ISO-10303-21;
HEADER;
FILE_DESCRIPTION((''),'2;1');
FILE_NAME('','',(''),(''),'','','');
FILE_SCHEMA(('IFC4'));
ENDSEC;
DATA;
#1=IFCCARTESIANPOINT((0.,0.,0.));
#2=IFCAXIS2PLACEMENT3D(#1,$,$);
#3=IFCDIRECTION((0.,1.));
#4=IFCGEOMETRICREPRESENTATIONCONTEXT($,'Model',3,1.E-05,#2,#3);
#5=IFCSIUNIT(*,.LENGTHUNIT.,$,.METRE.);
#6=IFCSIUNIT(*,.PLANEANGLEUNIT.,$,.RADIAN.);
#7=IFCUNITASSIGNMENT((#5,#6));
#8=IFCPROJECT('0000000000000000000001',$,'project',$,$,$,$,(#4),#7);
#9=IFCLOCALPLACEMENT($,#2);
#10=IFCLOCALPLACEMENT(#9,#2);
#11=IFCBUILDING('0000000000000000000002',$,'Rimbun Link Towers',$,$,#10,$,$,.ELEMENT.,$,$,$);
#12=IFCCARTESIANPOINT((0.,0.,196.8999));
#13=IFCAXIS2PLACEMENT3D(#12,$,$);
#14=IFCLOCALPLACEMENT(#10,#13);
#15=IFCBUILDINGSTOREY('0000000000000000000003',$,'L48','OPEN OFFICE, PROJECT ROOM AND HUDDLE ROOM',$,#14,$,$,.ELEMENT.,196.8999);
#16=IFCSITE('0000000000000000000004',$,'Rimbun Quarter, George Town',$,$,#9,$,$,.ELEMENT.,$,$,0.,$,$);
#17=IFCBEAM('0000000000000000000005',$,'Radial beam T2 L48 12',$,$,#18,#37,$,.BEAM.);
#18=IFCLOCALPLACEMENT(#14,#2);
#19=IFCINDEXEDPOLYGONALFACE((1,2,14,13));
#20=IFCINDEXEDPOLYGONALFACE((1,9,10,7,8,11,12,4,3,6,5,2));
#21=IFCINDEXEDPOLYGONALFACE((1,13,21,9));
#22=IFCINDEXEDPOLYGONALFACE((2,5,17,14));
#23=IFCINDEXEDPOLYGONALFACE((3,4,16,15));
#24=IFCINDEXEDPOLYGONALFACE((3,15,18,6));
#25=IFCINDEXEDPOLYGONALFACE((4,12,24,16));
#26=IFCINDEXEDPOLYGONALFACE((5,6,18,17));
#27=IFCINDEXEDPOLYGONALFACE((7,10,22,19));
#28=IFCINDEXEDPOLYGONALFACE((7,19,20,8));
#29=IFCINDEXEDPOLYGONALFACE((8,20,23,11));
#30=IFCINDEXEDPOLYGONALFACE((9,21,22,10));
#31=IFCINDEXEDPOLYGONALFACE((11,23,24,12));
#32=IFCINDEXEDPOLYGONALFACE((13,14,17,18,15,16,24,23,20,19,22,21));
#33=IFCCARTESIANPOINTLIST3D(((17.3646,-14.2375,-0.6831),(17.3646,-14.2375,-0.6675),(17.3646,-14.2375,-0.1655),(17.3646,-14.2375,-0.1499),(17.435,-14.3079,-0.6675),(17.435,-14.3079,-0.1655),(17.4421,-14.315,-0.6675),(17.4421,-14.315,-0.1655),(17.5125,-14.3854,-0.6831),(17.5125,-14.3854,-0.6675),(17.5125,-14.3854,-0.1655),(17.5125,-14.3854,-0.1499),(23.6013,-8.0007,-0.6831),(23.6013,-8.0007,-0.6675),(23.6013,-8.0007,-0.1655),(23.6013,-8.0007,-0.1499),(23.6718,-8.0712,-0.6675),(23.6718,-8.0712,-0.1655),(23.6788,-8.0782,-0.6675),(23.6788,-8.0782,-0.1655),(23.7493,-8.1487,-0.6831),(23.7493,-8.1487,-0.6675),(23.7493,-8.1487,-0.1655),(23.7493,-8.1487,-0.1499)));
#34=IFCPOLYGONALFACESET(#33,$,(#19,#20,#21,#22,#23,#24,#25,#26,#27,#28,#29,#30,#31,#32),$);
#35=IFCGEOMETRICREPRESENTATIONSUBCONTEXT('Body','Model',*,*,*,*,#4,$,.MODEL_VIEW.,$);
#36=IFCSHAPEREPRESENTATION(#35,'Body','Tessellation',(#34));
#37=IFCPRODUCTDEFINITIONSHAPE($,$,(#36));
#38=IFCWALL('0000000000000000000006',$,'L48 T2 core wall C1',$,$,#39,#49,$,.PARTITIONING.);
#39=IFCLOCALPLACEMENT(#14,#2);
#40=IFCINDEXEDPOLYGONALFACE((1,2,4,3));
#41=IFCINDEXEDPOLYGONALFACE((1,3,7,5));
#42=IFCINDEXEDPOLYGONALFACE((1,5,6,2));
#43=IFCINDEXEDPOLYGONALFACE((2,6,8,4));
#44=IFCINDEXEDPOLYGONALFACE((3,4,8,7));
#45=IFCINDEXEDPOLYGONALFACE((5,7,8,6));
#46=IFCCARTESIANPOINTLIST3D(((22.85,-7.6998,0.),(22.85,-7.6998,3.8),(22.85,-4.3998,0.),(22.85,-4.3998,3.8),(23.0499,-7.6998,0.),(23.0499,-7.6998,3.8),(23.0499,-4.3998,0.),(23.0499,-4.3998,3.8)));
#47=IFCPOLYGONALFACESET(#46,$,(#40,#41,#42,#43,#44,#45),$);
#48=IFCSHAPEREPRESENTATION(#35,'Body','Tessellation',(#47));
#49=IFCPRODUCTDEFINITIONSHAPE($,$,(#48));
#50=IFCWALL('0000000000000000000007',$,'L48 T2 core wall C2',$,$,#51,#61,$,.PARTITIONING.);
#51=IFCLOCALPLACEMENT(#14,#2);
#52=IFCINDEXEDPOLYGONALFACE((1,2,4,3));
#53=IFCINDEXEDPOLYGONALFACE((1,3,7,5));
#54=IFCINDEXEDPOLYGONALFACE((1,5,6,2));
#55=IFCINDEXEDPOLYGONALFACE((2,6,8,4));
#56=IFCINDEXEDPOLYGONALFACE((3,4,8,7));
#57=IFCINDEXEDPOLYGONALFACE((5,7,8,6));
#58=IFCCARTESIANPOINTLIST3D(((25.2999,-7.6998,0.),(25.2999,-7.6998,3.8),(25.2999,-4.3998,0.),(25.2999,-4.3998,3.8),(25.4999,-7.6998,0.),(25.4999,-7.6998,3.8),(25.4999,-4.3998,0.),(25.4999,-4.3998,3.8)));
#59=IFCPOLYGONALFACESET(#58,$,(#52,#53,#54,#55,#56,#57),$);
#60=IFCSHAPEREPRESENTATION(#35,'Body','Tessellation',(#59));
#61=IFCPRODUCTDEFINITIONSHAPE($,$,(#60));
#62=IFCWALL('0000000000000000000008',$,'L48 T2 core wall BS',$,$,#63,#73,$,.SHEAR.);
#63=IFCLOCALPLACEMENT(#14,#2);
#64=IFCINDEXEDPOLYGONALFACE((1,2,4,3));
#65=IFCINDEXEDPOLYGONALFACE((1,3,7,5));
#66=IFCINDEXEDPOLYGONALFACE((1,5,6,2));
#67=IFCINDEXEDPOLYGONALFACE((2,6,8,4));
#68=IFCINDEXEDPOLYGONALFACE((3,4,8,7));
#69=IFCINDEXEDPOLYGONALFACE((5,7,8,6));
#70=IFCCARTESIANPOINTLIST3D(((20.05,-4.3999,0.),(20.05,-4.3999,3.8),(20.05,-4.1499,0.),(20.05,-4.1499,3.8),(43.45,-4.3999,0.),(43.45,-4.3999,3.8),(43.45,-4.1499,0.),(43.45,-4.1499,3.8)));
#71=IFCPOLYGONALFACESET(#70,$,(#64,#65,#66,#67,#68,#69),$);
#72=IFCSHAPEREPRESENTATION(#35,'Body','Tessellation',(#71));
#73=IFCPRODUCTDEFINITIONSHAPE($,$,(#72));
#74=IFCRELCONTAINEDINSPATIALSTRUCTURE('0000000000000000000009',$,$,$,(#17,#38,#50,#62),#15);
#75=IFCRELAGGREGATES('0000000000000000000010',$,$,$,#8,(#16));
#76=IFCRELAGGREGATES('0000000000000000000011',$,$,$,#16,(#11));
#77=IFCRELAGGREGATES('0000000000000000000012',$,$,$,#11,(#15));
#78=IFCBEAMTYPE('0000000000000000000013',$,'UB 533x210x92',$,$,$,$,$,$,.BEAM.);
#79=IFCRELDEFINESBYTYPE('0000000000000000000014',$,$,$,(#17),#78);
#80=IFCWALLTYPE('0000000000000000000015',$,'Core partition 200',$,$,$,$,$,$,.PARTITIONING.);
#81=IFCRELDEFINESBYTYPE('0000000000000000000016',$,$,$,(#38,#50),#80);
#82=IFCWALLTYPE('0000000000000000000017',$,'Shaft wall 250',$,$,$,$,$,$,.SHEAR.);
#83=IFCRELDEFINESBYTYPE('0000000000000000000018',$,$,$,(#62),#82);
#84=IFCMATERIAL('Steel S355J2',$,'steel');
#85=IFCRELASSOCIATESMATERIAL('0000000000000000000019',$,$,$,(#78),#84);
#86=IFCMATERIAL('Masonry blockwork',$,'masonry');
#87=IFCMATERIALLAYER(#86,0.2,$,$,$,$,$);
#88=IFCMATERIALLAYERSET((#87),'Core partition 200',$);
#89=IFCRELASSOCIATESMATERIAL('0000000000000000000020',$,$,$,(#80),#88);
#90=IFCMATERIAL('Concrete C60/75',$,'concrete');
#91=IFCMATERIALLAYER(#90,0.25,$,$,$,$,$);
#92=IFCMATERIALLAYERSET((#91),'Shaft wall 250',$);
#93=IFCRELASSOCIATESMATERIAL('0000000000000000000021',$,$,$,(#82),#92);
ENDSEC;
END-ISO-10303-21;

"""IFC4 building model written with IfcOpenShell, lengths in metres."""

from ifc_helpers import new_model, si_unit, direction, frame, frame_2d, origin, origin_2d, place, context, subcontext, project, spatial, rectangle, i_section, extrude, material, layer, layer_set, material_profile, profile_set, type_object, element, save


model = new_model("IFC4")

# Units and contexts
model_context = context("Model", 3, precision=1e-05, world=origin(), true_north=direction((0.0, 1.0)))
body_context = subcontext(model_context, "Body", "Model", "MODEL_VIEW")
ifc_project = project(units=[si_unit("LENGTHUNIT", "METRE"), si_unit("PLANEANGLEUNIT", "RADIAN")], contexts=[model_context])

# Site, building, storey
site_placement = place(None, origin())
site = spatial("IfcSite", under=ifc_project, at=site_placement, Name="Rimbun Quarter, George Town", CompositionType="ELEMENT", RefElevation=0.0)
building_placement = place(site_placement, origin())
building = spatial("IfcBuilding", under=site, at=building_placement, Name="Rimbun Link Towers", CompositionType="ELEMENT")
storey_placement = place(building_placement, frame((0.0, 0.0, 196.8999)))
storey = spatial("IfcBuildingStorey", under=building, at=storey_placement, Name="L48", Description="OPEN OFFICE, PROJECT ROOM AND HUDDLE ROOM", CompositionType="ELEMENT", Elevation=196.8999)

# Beam
ifc_material_1 = material(Name="Steel S355J2", Category="steel")
ifc_material_profile = material_profile(ifc_material_1, i_section(OverallWidth=0.2092, OverallDepth=0.5332, WebThickness=0.01, FlangeThickness=0.0156, at=origin_2d()), Name="UB 533x210x92")
ifc_profile_set = profile_set([ifc_material_profile], Name="Steel S355J2")
beam_type = type_object("IfcBeamType", Name="UB 533x210x92", PredefinedType="BEAM", material=ifc_profile_set)
beam_placement = place(storey_placement, frame((23.6753, -8.0747, -0.4165), z_axis=(-0.707107, -0.707107, 0.0), x_axis=(0.707107, -0.707107, 0.0)))
element("IfcBeam", 1, at=beam_placement, inside=storey, type_object=beam_type, Name="Radial beam T2 L48 12", PredefinedType="BEAM", context=body_context, shape_type="SweptSolid", body=[
    extrude(i_section(OverallWidth=0.2092, OverallDepth=0.5332, WebThickness=0.01, FlangeThickness=0.0156, at=origin_2d()), origin(), (0.0, 0.0, 1.0), 8.8201),
])

# Walls
ifc_material_2 = material(Name="Masonry blockwork", Category="masonry")
ifc_layer_1 = layer(ifc_material_2, 0.2)
ifc_layer_set_1 = layer_set([ifc_layer_1], Name="Core partition 200")
wall_type_1 = type_object("IfcWallType", Name="Core partition 200", PredefinedType="PARTITIONING", material=ifc_layer_set_1)
for number, where, z_axis, x_axis, name in (
    (2, (22.95, -4.3999, 0.0), (0.0, 0.0, 1.0), (0.0, -1.0, 0.0), "L48 T2 core wall C1"),
    (3, (25.3999, -4.3999, 0.0), (0.0, 0.0, 1.0), (0.0, -1.0, 0.0), "L48 T2 core wall C2"),
):
    element("IfcWall", number, at=place(storey_placement, frame(where, z_axis=z_axis, x_axis=x_axis)), inside=storey, type_object=wall_type_1, Name=name, PredefinedType="PARTITIONING", context=body_context, shape_type="SweptSolid", body=[
        extrude(rectangle(XDim=3.3, YDim=0.2, at=frame_2d((1.6499, 0.0))), origin(), (0.0, 0.0, 1.0), 3.8),
    ])
ifc_material_3 = material(Name="Concrete C60/75", Category="concrete")
ifc_layer_2 = layer(ifc_material_3, 0.25)
ifc_layer_set_2 = layer_set([ifc_layer_2], Name="Shaft wall 250")
wall_type_2 = type_object("IfcWallType", Name="Shaft wall 250", PredefinedType="SHEAR", material=ifc_layer_set_2)
wall_1_placement = place(storey_placement, frame((20.05, -4.2749, 0.0), z_axis=(0.0, 0.0, 1.0), x_axis=(1.0, 0.0, 0.0)))
element("IfcWall", 4, at=wall_1_placement, inside=storey, type_object=wall_type_2, Name="L48 T2 core wall BS", PredefinedType="SHEAR", context=body_context, shape_type="SweptSolid", body=[
    extrude(rectangle(XDim=23.3999, YDim=0.25, at=frame_2d((11.7, 0.0))), origin(), (0.0, 0.0, 1.0), 3.8),
])

save(model, "model.ifc")
